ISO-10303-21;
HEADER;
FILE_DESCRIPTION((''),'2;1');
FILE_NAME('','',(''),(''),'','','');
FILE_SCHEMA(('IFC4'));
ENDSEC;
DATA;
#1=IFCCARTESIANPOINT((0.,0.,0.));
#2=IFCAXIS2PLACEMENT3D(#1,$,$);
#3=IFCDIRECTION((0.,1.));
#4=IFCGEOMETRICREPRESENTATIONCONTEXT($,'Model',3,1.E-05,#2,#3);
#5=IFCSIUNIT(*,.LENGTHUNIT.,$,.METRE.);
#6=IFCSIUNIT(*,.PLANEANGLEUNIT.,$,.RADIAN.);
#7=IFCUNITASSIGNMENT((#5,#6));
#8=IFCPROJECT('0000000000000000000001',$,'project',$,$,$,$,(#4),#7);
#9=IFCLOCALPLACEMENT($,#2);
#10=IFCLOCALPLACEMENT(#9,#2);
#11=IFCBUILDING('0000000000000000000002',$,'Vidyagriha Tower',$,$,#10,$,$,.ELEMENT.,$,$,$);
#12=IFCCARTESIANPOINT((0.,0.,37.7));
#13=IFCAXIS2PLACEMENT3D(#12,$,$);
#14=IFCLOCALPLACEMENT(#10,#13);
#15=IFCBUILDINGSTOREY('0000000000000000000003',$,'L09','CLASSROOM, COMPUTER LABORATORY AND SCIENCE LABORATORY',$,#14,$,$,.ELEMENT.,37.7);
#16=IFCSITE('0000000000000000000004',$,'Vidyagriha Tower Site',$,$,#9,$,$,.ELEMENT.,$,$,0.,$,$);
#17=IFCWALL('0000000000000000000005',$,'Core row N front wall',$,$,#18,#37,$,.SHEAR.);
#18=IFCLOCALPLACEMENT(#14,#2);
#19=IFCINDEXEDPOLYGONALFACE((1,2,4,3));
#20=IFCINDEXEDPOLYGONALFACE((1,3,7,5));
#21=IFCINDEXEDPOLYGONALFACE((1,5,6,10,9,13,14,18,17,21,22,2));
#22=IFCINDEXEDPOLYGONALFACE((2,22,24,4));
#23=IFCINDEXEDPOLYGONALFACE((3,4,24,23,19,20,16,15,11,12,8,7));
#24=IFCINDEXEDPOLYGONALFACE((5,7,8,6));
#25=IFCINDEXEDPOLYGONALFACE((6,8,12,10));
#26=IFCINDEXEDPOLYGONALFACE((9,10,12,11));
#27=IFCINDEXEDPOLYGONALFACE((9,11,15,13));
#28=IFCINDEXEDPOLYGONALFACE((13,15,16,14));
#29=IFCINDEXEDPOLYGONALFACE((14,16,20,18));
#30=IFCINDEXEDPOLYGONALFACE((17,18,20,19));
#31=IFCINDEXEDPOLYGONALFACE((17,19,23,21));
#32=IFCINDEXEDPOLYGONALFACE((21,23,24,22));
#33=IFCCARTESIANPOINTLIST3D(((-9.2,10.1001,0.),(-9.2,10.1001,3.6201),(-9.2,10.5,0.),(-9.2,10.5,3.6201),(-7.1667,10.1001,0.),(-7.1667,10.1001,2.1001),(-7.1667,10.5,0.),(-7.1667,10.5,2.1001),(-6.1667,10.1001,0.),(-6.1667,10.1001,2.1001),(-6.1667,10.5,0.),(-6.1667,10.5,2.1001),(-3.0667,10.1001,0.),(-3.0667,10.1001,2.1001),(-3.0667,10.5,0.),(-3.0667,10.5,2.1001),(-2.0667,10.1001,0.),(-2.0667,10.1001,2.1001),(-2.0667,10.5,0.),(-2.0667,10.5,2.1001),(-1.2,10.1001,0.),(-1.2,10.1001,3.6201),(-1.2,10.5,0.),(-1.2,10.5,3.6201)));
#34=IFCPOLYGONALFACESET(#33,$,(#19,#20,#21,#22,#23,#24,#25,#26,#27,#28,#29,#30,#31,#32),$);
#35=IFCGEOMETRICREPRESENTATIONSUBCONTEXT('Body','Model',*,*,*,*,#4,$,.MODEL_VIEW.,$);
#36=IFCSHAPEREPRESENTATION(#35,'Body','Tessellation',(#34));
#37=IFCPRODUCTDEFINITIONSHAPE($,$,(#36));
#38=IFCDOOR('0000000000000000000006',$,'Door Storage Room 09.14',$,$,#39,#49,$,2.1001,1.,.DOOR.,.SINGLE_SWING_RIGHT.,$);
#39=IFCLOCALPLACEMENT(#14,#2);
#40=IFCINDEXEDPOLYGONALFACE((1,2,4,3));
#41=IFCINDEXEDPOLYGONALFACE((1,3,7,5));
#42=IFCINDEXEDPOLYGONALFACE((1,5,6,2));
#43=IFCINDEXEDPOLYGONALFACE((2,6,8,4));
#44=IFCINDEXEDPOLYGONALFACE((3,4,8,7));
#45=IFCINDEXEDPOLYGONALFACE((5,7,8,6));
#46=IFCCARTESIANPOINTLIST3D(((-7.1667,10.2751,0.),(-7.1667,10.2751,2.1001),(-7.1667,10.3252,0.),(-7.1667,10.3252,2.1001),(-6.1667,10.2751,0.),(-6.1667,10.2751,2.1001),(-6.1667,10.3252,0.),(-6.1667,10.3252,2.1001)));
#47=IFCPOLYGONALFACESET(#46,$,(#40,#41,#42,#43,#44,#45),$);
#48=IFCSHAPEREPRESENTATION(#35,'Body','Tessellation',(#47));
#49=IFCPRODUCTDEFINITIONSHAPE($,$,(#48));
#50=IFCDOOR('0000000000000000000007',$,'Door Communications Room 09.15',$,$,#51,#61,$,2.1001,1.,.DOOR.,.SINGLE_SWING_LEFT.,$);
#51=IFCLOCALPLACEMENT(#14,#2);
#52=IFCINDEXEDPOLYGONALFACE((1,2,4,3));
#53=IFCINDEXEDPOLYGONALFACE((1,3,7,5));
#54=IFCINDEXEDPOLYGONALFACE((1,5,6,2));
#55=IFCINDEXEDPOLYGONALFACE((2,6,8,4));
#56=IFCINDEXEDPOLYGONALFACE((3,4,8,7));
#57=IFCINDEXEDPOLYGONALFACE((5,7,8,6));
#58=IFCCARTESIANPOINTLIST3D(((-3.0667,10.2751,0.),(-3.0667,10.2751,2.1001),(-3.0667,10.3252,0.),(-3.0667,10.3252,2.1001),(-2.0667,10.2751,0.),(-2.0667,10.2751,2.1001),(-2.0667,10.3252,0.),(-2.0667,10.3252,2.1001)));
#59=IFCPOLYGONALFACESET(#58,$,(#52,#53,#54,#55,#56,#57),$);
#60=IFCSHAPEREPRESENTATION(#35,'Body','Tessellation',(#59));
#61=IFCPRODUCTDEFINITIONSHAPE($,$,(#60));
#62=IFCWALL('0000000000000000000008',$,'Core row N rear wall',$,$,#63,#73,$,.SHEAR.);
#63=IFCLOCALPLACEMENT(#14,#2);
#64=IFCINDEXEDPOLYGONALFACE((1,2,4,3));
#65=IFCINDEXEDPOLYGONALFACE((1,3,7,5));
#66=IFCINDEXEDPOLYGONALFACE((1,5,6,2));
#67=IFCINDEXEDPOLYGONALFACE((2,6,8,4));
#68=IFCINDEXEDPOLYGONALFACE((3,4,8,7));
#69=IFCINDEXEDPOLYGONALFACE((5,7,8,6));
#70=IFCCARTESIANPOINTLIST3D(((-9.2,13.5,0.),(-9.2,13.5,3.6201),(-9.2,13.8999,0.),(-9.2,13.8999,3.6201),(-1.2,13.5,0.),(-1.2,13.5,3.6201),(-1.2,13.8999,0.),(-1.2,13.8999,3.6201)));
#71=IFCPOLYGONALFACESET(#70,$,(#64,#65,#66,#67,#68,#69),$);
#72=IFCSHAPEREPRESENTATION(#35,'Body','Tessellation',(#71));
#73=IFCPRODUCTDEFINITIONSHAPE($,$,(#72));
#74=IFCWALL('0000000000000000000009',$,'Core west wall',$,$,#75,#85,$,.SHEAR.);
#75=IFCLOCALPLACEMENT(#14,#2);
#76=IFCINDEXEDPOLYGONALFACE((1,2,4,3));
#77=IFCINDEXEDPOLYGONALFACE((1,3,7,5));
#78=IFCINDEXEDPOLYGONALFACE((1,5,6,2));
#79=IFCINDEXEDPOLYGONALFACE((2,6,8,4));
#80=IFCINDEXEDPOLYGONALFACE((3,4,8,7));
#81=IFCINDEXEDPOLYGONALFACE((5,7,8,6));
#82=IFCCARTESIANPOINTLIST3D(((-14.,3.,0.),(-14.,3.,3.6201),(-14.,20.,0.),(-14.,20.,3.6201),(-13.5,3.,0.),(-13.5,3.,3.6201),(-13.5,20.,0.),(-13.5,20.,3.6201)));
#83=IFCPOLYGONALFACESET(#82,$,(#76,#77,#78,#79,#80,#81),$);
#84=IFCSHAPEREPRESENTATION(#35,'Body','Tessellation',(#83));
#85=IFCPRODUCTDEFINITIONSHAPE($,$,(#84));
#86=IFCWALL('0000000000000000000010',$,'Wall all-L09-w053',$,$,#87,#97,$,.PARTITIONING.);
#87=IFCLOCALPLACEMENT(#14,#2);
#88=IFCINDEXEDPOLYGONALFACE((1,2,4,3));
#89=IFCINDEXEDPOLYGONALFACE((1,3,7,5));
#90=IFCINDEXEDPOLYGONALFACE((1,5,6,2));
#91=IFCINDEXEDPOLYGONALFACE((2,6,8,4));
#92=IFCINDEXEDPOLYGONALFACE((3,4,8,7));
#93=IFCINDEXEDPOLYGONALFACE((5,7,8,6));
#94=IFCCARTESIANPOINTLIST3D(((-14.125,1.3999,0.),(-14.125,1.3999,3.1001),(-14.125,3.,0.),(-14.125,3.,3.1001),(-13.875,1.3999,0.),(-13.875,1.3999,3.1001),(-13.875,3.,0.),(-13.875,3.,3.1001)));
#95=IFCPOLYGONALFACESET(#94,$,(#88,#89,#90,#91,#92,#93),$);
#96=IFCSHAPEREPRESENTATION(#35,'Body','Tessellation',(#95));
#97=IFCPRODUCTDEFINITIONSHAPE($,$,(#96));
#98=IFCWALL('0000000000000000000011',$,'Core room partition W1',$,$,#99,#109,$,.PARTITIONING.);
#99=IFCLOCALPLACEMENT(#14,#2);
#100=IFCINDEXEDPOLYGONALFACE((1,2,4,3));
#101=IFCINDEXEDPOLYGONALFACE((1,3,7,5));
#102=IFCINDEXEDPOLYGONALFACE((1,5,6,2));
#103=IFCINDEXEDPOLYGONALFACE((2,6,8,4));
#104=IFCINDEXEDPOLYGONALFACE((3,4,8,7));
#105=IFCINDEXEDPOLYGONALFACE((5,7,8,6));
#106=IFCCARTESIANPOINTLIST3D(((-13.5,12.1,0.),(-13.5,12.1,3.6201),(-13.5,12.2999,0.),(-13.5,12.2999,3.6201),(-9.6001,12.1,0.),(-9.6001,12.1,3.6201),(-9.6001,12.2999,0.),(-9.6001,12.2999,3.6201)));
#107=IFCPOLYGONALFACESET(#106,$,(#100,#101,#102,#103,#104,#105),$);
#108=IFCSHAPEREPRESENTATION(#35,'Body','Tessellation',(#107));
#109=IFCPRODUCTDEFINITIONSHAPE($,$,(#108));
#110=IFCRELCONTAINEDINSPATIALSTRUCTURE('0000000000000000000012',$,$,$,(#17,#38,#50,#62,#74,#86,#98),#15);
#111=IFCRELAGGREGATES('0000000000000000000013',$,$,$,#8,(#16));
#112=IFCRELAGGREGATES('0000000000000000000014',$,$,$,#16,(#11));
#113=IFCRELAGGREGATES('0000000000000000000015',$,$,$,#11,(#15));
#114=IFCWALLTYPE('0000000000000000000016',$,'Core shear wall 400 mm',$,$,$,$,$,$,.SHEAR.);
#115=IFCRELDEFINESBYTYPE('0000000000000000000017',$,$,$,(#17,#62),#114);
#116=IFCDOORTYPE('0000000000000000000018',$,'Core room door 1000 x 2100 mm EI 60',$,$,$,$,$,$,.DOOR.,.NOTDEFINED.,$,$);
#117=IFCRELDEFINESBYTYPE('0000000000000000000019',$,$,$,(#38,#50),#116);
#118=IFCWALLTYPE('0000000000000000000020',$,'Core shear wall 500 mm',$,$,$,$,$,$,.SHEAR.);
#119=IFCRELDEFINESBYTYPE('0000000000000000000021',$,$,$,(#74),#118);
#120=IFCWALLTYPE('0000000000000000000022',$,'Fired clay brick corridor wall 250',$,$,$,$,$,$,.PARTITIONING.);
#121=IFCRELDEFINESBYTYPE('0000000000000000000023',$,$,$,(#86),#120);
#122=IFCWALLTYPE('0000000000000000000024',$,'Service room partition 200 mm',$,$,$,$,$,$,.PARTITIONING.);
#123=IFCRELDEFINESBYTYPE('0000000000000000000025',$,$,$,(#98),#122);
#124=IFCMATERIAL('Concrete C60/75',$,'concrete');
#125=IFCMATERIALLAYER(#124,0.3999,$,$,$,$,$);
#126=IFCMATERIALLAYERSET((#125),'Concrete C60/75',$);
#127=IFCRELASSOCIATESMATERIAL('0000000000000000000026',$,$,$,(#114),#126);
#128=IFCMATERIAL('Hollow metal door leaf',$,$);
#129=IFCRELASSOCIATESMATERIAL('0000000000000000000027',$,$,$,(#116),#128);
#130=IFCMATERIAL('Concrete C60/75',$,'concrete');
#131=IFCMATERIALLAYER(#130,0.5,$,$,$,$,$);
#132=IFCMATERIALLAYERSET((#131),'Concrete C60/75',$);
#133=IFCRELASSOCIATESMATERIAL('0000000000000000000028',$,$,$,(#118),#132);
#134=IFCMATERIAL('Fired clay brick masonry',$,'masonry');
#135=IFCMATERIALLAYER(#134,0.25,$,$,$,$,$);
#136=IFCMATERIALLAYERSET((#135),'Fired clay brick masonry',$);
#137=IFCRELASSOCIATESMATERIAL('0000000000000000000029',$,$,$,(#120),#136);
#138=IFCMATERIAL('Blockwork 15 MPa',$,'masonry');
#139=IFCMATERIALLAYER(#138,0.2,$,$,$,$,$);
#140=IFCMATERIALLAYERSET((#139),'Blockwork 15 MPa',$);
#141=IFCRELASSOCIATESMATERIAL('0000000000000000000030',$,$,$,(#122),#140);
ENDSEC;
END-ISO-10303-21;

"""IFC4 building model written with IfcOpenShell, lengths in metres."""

from ifc_helpers import new_model, si_unit, direction, frame, frame_2d, origin, place, context, subcontext, project, spatial, rectangle, extrude, material, layer, layer_set, type_object, element, fill, save


model = new_model("IFC4")

# Units and contexts
model_context = context("Model", 3, precision=1e-05, world=origin(), true_north=direction((0.0, 1.0)))
body_context = subcontext(model_context, "Body", "Model", "MODEL_VIEW")
ifc_project = project(units=[si_unit("LENGTHUNIT", "METRE"), si_unit("PLANEANGLEUNIT", "RADIAN")], contexts=[model_context])

# Site, building, storey
site_placement = place(None, origin())
site = spatial("IfcSite", under=ifc_project, at=site_placement, Name="Vidyagriha Tower Site", CompositionType="ELEMENT", RefElevation=0.0)
building_placement = place(site_placement, origin())
building = spatial("IfcBuilding", under=site, at=building_placement, Name="Vidyagriha Tower", CompositionType="ELEMENT")
storey_placement = place(building_placement, frame((0.0, 0.0, 37.7)))
storey = spatial("IfcBuildingStorey", under=building, at=storey_placement, Name="L09", Description="CLASSROOM, COMPUTER LABORATORY AND SCIENCE LABORATORY", CompositionType="ELEMENT", Elevation=37.7)

# Shared definitions
ifc_material_1 = material(Name="Concrete C60/75", Category="concrete")
ifc_layer_1 = layer(ifc_material_1, 0.3999)
ifc_layer_set_1 = layer_set([ifc_layer_1], Name="Concrete C60/75")
wall_type_1 = type_object("IfcWallType", Name="Core shear wall 400 mm", PredefinedType="SHEAR", material=ifc_layer_set_1)
ifc_material_2 = material(Name="Hollow metal door leaf")
door_type_1 = type_object("IfcDoorType", Name="Core room door 1000 x 2100 mm EI 60", OperationType="NOTDEFINED", PredefinedType="DOOR", material=ifc_material_2)

# Wall, openings, doors
wall_1_placement = place(storey_placement, frame((-9.2, 10.3, 0.0)))
wall_1 = element("IfcWall", 1, at=wall_1_placement, inside=storey, type_object=wall_type_1, Name="Core row N front wall", PredefinedType="SHEAR", context=body_context, shape_type="SweptSolid", body=[
    extrude(rectangle(XDim=8.0, YDim=0.3999, at=frame_2d((4.0, 0.0))), origin(), (0.0, 0.0, 1.0), 3.6201),
])
opening_1_placement = place(wall_1_placement, frame((2.0332, 0.0, 0.0)))
opening_1 = element("IfcOpeningElement", 2, at=opening_1_placement, cuts=wall_1, PredefinedType="OPENING", context=body_context, shape_type="SweptSolid", body=[
    extrude(rectangle(XDim=1.0, YDim=2.1001, at=frame_2d((0.5, 1.05))), frame((0.0, 0.21, 0.0), z_axis=(0.0, -1.0, 0.0), x_axis=(1.0, 0.0, 0.0)), (0.0, 0.0, 1.0), 0.4199),
])
opening_2_placement = place(wall_1_placement, frame((6.1333, 0.0, 0.0)))
opening_2 = element("IfcOpeningElement", 3, at=opening_2_placement, cuts=wall_1, PredefinedType="OPENING", context=body_context, shape_type="SweptSolid", body=[
    extrude(rectangle(XDim=1.0, YDim=2.1001, at=frame_2d((0.5, 1.05))), frame((0.0, 0.21, 0.0), z_axis=(0.0, -1.0, 0.0), x_axis=(1.0, 0.0, 0.0)), (0.0, 0.0, 1.0), 0.4199),
])
door_1_placement = place(opening_1_placement, frame((1.0, 0.0, 0.0), z_axis=(0.0, 0.0, 1.0), x_axis=(-1.0, 0.0, 0.0)))
door_1 = element("IfcDoor", 4, at=door_1_placement, inside=storey, type_object=door_type_1, Name="Door Storage Room 09.14", OperationType="SINGLE_SWING_RIGHT", OverallHeight=2.1001, OverallWidth=1.0, PredefinedType="DOOR", context=body_context, shape_type="SweptSolid", body=[
    extrude(rectangle(XDim=1.0, YDim=2.1001, at=frame_2d((0.5, 1.05))), frame((0.0, 0.0249, 0.0), z_axis=(0.0, -1.0, 0.0), x_axis=(1.0, 0.0, 0.0)), (0.0, 0.0, 1.0), 0.05),
])
fill(opening_1, door_1)
door_2_placement = place(opening_2_placement, frame((1.0, 0.0, 0.0), z_axis=(0.0, 0.0, 1.0), x_axis=(-1.0, 0.0, 0.0)))
door_2 = element("IfcDoor", 5, at=door_2_placement, inside=storey, type_object=door_type_1, Name="Door Communications Room 09.15", OperationType="SINGLE_SWING_LEFT", OverallHeight=2.1001, OverallWidth=1.0, PredefinedType="DOOR", context=body_context, shape_type="SweptSolid", body=[
    extrude(rectangle(XDim=1.0, YDim=2.1001, at=frame_2d((0.5, 1.05))), frame((0.0, 0.0249, 0.0), z_axis=(0.0, -1.0, 0.0), x_axis=(1.0, 0.0, 0.0)), (0.0, 0.0, 1.0), 0.05),
])
fill(opening_2, door_2)

# Walls
wall_2_placement = place(storey_placement, frame((-9.2, 13.7, 0.0)))
element("IfcWall", 6, at=wall_2_placement, inside=storey, type_object=wall_type_1, Name="Core row N rear wall", PredefinedType="SHEAR", context=body_context, shape_type="SweptSolid", body=[
    extrude(rectangle(XDim=8.0, YDim=0.3999, at=frame_2d((4.0, 0.0))), origin(), (0.0, 0.0, 1.0), 3.6201),
])
ifc_material_3 = material(Name="Concrete C60/75", Category="concrete")
ifc_layer_2 = layer(ifc_material_3, 0.5)
ifc_layer_set_2 = layer_set([ifc_layer_2], Name="Concrete C60/75")
wall_type_2 = type_object("IfcWallType", Name="Core shear wall 500 mm", PredefinedType="SHEAR", material=ifc_layer_set_2)
wall_3_placement = place(storey_placement, frame((-13.75, 3.0, 0.0), z_axis=(0.0, 0.0, 1.0), x_axis=(0.0, 1.0, 0.0)))
element("IfcWall", 7, at=wall_3_placement, inside=storey, type_object=wall_type_2, Name="Core west wall", PredefinedType="SHEAR", context=body_context, shape_type="SweptSolid", body=[
    extrude(rectangle(XDim=17.0, YDim=0.5, at=frame_2d((8.5, 0.0))), origin(), (0.0, 0.0, 1.0), 3.6201),
])
ifc_material_4 = material(Name="Fired clay brick masonry", Category="masonry")
ifc_layer_3 = layer(ifc_material_4, 0.25)
ifc_layer_set_3 = layer_set([ifc_layer_3], Name="Fired clay brick masonry")
wall_type_3 = type_object("IfcWallType", Name="Fired clay brick corridor wall 250", PredefinedType="PARTITIONING", material=ifc_layer_set_3)
wall_4_placement = place(storey_placement, frame((-14.0, 3.0, 0.0), z_axis=(0.0, 0.0, 1.0), x_axis=(0.0, -1.0, 0.0)))
element("IfcWall", 8, at=wall_4_placement, inside=storey, type_object=wall_type_3, Name="Wall all-L09-w053", PredefinedType="PARTITIONING", context=body_context, shape_type="SweptSolid", body=[
    extrude(rectangle(XDim=1.6001, YDim=0.25, at=frame_2d((0.8, 0.0))), origin(), (0.0, 0.0, 1.0), 3.1001),
])
ifc_material_5 = material(Name="Blockwork 15 MPa", Category="masonry")
ifc_layer_4 = layer(ifc_material_5, 0.2)
ifc_layer_set_4 = layer_set([ifc_layer_4], Name="Blockwork 15 MPa")
wall_type_4 = type_object("IfcWallType", Name="Service room partition 200 mm", PredefinedType="PARTITIONING", material=ifc_layer_set_4)
wall_5_placement = place(storey_placement, frame((-13.5, 12.2, 0.0)))
element("IfcWall", 9, at=wall_5_placement, inside=storey, type_object=wall_type_4, Name="Core room partition W1", PredefinedType="PARTITIONING", context=body_context, shape_type="SweptSolid", body=[
    extrude(rectangle(XDim=3.8999, YDim=0.2, at=frame_2d((1.95, 0.0))), origin(), (0.0, 0.0, 1.0), 3.6201),
])

save(model, "model.ifc")
